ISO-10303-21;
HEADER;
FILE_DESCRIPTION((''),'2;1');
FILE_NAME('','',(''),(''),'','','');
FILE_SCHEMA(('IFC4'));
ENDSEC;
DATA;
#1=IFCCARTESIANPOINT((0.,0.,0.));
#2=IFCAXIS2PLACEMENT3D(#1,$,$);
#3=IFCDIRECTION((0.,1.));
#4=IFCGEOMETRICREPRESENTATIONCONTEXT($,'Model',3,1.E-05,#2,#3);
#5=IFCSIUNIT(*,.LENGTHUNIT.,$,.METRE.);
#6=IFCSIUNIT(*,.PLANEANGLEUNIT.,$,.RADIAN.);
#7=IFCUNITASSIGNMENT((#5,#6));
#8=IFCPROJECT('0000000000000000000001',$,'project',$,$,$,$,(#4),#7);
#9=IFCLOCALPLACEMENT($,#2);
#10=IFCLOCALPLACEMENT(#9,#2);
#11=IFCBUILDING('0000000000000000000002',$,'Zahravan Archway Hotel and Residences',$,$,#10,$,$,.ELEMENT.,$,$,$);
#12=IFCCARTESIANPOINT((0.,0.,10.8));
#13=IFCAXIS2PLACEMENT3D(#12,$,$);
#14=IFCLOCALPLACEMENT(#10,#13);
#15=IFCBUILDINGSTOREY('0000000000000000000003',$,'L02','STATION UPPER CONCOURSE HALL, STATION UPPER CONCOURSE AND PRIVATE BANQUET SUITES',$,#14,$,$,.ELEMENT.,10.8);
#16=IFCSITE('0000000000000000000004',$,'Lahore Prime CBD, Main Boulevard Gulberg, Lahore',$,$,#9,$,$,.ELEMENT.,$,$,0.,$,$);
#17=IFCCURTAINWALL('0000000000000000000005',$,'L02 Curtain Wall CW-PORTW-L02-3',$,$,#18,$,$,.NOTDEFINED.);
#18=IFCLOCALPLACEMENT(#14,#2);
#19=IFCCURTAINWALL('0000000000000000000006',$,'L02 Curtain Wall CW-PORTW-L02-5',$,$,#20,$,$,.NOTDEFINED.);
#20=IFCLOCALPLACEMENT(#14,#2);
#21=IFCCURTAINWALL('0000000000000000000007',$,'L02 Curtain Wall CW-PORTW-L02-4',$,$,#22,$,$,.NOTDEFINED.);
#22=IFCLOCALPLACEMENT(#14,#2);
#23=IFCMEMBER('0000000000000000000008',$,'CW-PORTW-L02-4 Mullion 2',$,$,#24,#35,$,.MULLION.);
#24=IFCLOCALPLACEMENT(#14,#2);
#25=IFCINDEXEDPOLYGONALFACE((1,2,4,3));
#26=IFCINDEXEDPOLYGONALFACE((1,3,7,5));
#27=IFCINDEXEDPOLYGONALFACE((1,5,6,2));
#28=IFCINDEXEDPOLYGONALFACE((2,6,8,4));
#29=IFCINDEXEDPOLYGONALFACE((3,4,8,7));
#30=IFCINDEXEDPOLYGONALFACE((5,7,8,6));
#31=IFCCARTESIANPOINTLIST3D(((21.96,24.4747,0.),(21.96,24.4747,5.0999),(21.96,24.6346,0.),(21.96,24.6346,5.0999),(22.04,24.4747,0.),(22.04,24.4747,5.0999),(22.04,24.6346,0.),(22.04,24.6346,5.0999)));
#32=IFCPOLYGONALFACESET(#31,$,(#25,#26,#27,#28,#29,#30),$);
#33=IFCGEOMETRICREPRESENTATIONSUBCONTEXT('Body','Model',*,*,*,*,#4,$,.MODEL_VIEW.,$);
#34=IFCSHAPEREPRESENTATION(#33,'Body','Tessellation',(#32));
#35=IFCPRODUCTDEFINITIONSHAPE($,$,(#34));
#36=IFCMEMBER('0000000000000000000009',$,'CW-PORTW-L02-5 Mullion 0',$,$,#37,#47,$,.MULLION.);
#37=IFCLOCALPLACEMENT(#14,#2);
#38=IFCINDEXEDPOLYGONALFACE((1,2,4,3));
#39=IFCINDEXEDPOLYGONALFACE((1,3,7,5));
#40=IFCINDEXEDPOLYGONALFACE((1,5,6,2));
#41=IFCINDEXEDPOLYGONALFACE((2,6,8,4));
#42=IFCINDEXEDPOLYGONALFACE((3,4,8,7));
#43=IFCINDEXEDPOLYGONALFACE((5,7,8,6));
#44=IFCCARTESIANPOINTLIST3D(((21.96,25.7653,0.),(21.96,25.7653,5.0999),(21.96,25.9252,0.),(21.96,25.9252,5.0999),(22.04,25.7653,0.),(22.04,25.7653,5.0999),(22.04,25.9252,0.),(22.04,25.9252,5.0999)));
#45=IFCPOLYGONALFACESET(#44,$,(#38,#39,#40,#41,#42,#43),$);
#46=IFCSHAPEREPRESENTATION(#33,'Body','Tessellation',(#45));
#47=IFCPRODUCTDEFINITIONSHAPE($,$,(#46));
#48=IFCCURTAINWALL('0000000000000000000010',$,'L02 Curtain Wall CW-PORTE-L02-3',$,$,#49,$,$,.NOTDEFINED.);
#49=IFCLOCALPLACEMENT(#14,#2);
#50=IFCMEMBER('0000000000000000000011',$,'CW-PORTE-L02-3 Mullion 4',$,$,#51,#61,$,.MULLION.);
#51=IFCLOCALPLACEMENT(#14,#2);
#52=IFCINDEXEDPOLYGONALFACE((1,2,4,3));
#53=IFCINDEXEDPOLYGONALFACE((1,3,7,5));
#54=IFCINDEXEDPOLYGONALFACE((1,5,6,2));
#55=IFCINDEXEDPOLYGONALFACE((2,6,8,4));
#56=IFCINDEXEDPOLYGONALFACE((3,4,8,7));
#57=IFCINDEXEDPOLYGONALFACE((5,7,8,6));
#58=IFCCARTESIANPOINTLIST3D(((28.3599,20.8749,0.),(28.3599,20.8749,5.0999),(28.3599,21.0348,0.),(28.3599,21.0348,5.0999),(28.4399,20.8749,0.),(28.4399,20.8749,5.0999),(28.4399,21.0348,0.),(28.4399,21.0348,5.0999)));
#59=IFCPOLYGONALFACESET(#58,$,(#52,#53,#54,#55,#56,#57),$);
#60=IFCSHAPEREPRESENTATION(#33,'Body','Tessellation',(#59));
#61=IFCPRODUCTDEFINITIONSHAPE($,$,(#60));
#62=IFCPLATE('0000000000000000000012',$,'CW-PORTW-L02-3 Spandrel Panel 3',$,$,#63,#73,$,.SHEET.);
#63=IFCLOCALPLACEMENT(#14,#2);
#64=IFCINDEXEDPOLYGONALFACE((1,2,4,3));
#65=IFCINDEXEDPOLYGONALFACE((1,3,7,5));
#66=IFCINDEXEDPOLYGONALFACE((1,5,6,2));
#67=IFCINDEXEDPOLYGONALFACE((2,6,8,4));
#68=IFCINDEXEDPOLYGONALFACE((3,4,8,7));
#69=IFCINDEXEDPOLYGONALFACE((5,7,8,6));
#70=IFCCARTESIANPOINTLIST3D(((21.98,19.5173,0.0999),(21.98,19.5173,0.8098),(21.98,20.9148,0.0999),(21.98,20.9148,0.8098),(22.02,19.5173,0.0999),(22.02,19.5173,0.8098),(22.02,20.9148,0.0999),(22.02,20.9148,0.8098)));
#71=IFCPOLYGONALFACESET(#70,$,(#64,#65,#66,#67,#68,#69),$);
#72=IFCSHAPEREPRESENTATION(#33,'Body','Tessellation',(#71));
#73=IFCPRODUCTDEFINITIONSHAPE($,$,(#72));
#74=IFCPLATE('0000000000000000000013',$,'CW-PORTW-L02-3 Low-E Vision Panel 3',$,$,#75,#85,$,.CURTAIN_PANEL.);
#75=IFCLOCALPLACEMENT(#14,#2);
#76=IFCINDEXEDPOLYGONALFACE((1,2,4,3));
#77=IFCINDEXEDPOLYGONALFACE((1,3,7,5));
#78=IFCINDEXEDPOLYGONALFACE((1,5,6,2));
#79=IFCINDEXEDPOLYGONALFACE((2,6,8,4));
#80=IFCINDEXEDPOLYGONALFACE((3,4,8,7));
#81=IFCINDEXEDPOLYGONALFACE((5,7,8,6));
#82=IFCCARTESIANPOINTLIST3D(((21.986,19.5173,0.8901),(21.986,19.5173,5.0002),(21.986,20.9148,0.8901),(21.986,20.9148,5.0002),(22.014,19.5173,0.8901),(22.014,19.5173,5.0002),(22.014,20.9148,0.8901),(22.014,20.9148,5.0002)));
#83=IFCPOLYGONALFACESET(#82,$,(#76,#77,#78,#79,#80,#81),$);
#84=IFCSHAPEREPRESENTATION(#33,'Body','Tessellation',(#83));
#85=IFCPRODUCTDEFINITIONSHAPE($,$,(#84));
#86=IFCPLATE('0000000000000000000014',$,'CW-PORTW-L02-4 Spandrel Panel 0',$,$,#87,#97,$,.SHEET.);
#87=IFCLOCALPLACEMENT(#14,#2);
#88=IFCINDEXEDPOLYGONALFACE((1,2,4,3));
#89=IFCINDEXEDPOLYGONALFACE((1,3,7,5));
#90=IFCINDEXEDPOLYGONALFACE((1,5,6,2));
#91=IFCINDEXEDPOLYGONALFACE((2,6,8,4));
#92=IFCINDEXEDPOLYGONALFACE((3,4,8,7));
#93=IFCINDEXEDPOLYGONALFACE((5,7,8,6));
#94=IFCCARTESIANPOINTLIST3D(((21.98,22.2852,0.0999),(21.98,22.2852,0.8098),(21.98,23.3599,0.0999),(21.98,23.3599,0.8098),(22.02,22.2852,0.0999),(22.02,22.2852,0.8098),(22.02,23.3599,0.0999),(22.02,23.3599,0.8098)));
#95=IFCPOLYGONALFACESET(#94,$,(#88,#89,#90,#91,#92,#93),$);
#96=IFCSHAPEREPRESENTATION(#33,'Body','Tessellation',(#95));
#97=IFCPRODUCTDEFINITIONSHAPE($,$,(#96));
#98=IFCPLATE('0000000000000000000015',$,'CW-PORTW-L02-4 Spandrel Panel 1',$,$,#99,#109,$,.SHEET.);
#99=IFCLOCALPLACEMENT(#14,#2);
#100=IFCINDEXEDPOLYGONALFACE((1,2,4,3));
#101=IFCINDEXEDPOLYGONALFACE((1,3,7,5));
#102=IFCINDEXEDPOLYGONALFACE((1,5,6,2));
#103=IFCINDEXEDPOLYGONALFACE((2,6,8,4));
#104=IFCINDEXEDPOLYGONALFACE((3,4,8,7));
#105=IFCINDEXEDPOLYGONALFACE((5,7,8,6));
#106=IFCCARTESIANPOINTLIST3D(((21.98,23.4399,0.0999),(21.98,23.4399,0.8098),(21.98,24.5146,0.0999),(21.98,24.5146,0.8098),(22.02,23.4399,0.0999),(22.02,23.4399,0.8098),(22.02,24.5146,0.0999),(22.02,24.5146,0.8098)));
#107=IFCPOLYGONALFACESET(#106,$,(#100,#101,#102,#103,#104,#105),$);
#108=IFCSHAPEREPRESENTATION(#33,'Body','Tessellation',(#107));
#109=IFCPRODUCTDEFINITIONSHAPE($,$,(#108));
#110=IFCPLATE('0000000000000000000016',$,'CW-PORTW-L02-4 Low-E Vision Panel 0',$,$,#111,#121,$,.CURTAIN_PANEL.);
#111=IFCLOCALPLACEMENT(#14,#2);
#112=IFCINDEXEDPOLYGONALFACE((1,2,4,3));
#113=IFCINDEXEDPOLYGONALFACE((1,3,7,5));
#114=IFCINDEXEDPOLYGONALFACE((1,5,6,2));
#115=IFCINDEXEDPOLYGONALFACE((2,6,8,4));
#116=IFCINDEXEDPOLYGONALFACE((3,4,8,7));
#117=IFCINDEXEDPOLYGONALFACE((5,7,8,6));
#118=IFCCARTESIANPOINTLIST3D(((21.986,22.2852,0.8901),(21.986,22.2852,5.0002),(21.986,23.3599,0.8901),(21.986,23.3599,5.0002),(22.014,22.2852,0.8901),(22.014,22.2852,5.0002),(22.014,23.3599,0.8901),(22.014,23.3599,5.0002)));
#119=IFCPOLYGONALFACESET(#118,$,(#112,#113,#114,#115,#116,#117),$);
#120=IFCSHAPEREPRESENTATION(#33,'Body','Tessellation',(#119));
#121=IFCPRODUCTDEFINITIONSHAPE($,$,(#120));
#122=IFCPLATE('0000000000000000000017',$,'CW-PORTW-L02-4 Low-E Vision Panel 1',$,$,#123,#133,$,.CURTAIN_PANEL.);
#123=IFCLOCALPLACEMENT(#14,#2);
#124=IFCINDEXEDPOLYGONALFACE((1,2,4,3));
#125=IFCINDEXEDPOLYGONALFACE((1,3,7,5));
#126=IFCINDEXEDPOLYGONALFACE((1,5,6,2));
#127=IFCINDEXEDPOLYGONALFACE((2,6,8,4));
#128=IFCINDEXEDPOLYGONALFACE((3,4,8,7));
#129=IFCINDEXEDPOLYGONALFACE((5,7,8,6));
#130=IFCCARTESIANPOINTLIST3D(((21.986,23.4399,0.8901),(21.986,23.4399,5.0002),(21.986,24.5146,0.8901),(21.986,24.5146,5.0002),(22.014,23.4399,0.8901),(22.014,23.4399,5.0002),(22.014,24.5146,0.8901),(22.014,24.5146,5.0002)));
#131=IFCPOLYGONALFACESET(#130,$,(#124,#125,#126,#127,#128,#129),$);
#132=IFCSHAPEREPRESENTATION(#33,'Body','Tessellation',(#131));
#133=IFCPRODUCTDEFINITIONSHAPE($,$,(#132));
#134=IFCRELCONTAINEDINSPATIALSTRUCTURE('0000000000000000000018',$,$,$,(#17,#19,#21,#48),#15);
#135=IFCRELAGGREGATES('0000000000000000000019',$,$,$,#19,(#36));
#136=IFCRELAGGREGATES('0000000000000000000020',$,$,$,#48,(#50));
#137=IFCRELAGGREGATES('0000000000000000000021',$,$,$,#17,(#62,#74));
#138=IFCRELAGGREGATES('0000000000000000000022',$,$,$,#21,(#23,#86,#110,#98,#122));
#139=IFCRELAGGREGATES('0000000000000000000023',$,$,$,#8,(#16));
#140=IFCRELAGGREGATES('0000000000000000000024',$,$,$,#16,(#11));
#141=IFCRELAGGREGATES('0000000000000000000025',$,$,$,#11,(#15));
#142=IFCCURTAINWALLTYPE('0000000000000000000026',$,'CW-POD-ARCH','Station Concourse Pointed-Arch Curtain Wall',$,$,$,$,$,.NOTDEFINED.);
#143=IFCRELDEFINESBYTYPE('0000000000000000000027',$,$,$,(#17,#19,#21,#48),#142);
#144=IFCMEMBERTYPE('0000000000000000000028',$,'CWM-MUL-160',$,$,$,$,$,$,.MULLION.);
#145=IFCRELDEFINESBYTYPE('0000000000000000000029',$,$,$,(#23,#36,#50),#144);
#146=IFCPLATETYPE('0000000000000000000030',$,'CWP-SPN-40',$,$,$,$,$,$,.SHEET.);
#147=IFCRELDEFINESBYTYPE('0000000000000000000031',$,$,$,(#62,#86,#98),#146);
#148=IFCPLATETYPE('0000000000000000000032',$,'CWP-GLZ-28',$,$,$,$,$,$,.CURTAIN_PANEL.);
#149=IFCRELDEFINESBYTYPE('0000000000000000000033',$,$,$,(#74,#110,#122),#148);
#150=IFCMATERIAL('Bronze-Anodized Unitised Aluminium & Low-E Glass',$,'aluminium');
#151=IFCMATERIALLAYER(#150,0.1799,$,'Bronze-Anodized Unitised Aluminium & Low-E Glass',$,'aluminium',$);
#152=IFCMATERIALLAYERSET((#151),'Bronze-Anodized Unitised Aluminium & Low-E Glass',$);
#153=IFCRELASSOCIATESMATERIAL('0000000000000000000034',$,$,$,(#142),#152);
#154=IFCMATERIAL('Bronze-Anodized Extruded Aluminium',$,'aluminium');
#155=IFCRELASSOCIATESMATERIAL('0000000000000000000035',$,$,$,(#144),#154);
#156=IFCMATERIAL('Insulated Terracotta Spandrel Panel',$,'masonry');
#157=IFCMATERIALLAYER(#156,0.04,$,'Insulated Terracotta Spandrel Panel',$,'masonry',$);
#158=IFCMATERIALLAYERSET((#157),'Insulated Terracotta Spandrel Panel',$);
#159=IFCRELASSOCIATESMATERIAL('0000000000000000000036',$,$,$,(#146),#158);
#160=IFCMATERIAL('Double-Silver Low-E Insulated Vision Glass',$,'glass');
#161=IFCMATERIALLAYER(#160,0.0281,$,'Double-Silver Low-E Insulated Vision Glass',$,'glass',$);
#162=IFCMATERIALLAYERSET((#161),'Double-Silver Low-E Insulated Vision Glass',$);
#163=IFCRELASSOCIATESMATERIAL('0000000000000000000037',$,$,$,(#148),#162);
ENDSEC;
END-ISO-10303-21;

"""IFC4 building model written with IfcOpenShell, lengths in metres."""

from ifc_helpers import new_model, si_unit, direction, frame, origin, origin_2d, place, context, subcontext, project, spatial, rectangle, extrude, source, transform, mapped, material, layer, layer_set, material_profile, profile_set, type_object, element, aggregate, save


model = new_model("IFC4")

# Units and contexts
model_context = context("Model", 3, precision=1e-05, world=origin(), true_north=direction((0.0, 1.0)))
body_context = subcontext(model_context, "Body", "Model", "MODEL_VIEW")
ifc_project = project(units=[si_unit("LENGTHUNIT", "METRE"), si_unit("PLANEANGLEUNIT", "RADIAN")], contexts=[model_context])

# Site, building, storey
site_placement = place(None, origin())
site = spatial("IfcSite", under=ifc_project, at=site_placement, Name="Lahore Prime CBD, Main Boulevard Gulberg, Lahore", CompositionType="ELEMENT", RefElevation=0.0)
building_placement = place(site_placement, origin())
building = spatial("IfcBuilding", under=site, at=building_placement, Name="Zahravan Archway Hotel and Residences", CompositionType="ELEMENT")
storey_placement = place(building_placement, frame((0.0, 0.0, 10.8)))
storey = spatial("IfcBuildingStorey", under=building, at=storey_placement, Name="L02", Description="STATION UPPER CONCOURSE HALL, STATION UPPER CONCOURSE AND PRIVATE BANQUET SUITES", CompositionType="ELEMENT", Elevation=10.8)

# Curtain walls
ifc_material_1 = material(Name="Bronze-Anodized Unitised Aluminium & Low-E Glass", Category="aluminium")
ifc_layer_1 = layer(ifc_material_1, 0.1799, Name="Bronze-Anodized Unitised Aluminium & Low-E Glass", Category="aluminium")
ifc_layer_set_1 = layer_set([ifc_layer_1], Name="Bronze-Anodized Unitised Aluminium & Low-E Glass")
curtain_wall_type = type_object("IfcCurtainWallType", Name="CW-POD-ARCH", Description="Station Concourse Pointed-Arch Curtain Wall", PredefinedType="NOTDEFINED", material=ifc_layer_set_1)
curtain_wall_1_placement = place(storey_placement, origin())
curtain_wall_1 = element("IfcCurtainWall", 1, at=curtain_wall_1_placement, inside=storey, type_object=curtain_wall_type, Name="L02 Curtain Wall CW-PORTW-L02-3", PredefinedType="NOTDEFINED")
ifc_material_2 = material(Name="Bronze-Anodized Extruded Aluminium", Category="aluminium")
curtain_wall_2_placement = place(storey_placement, origin())
curtain_wall_2 = element("IfcCurtainWall", 2, at=curtain_wall_2_placement, inside=storey, type_object=curtain_wall_type, Name="L02 Curtain Wall CW-PORTW-L02-5", PredefinedType="NOTDEFINED")
curtain_wall_3_placement = place(storey_placement, origin())
curtain_wall_3 = element("IfcCurtainWall", 3, at=curtain_wall_3_placement, inside=storey, type_object=curtain_wall_type, Name="L02 Curtain Wall CW-PORTW-L02-4", PredefinedType="NOTDEFINED")

# Members
ifc_material_profile_1 = material_profile(ifc_material_2, rectangle(XDim=0.0801, YDim=0.1599, at=origin_2d()), Name="MUL 80x160", Category="aluminium")
ifc_profile_set_1 = profile_set([ifc_material_profile_1], Name="Bronze-Anodized Extruded Aluminium")
member_type_1 = type_object("IfcMemberType", Name="CWM-MUL-160", PredefinedType="MULLION", material=ifc_profile_set_1)
shared_shape_1 = source(origin(), body_context, "Body", "SweptSolid", [
    extrude(rectangle(XDim=0.0801, YDim=0.1599, at=origin_2d()), origin(), (0.0, 0.0, 1.0), 5.0999),
])
member_1_placement = place(storey_placement, frame((22.0, 24.5547, 0.0), z_axis=(0.0, 0.0, 1.0), x_axis=(1.0, 0.0, 0.0)))
member_1 = element("IfcMember", 4, at=member_1_placement, type_object=member_type_1, Name="CW-PORTW-L02-4 Mullion 2", PredefinedType="MULLION", context=body_context, shape_type="MappedRepresentation", body=[
    mapped(shared_shape_1, transform((0.0, 0.0, 0.0), scale=1.0)),
])
member_2_placement = place(storey_placement, frame((22.0, 25.8452, 0.0), z_axis=(0.0, 0.0, 1.0), x_axis=(1.0, 0.0, 0.0)))
member_2 = element("IfcMember", 5, at=member_2_placement, type_object=member_type_1, Name="CW-PORTW-L02-5 Mullion 0", PredefinedType="MULLION", context=body_context, shape_type="MappedRepresentation", body=[
    mapped(shared_shape_1, transform((0.0, 0.0, 0.0), scale=1.0)),
])
aggregate(curtain_wall_2, [member_2])

# Curtain wall, member
curtain_wall_4_placement = place(storey_placement, origin())
curtain_wall_4 = element("IfcCurtainWall", 6, at=curtain_wall_4_placement, inside=storey, type_object=curtain_wall_type, Name="L02 Curtain Wall CW-PORTE-L02-3", PredefinedType="NOTDEFINED")
member_3_placement = place(storey_placement, frame((28.3999, 20.9548, 0.0), z_axis=(0.0, 0.0, 1.0), x_axis=(1.0, 0.0, 0.0)))
member_3 = element("IfcMember", 7, at=member_3_placement, type_object=member_type_1, Name="CW-PORTE-L02-3 Mullion 4", PredefinedType="MULLION", context=body_context, shape_type="MappedRepresentation", body=[
    mapped(shared_shape_1, transform((0.0, 0.0, 0.0), scale=1.0)),
])
aggregate(curtain_wall_4, [member_3])

# Plates
ifc_material_3 = material(Name="Insulated Terracotta Spandrel Panel", Category="masonry")
ifc_layer_2 = layer(ifc_material_3, 0.04, Name="Insulated Terracotta Spandrel Panel", Category="masonry")
ifc_layer_set_2 = layer_set([ifc_layer_2], Name="Insulated Terracotta Spandrel Panel")
plate_type_1 = type_object("IfcPlateType", Name="CWP-SPN-40", PredefinedType="SHEET", material=ifc_layer_set_2)
shared_shape_2 = source(origin(), body_context, "Body", "SweptSolid", [
    extrude(rectangle(XDim=1.3975, YDim=0.04, at=origin_2d()), origin(), (0.0, 0.0, 1.0), 0.71),
])
plate_1_placement = place(storey_placement, frame((22.0, 20.2161, 0.0999), z_axis=(0.0, 0.0, 1.0), x_axis=(0.0, 1.0, 0.0)))
plate_1 = element("IfcPlate", 8, at=plate_1_placement, type_object=plate_type_1, Name="CW-PORTW-L02-3 Spandrel Panel 3", PredefinedType="SHEET", context=body_context, shape_type="MappedRepresentation", body=[
    mapped(shared_shape_2, transform((0.0, 0.0, 0.0), scale=1.0)),
])
ifc_material_4 = material(Name="Double-Silver Low-E Insulated Vision Glass", Category="glass")
ifc_layer_3 = layer(ifc_material_4, 0.0281, Name="Double-Silver Low-E Insulated Vision Glass", Category="glass")
ifc_layer_set_3 = layer_set([ifc_layer_3], Name="Double-Silver Low-E Insulated Vision Glass")
plate_type_2 = type_object("IfcPlateType", Name="CWP-GLZ-28", PredefinedType="CURTAIN_PANEL", material=ifc_layer_set_3)
shared_shape_3 = source(origin(), body_context, "Body", "SweptSolid", [
    extrude(rectangle(XDim=1.3975, YDim=0.0281, at=origin_2d()), origin(), (0.0, 0.0, 1.0), 4.1101),
])
plate_2_placement = place(storey_placement, frame((22.0, 20.2161, 0.8901), z_axis=(0.0, 0.0, 1.0), x_axis=(0.0, 1.0, 0.0)))
plate_2 = element("IfcPlate", 9, at=plate_2_placement, type_object=plate_type_2, Name="CW-PORTW-L02-3 Low-E Vision Panel 3", PredefinedType="CURTAIN_PANEL", context=body_context, shape_type="MappedRepresentation", body=[
    mapped(shared_shape_3, transform((0.0, 0.0, 0.0), scale=1.0)),
])
aggregate(curtain_wall_1, [plate_1, plate_2])
shared_shape_4 = source(origin(), body_context, "Body", "SweptSolid", [
    extrude(rectangle(XDim=1.0747, YDim=0.04, at=origin_2d()), origin(), (0.0, 0.0, 1.0), 0.71),
])
plate_3_placement = place(storey_placement, frame((22.0, 22.8225, 0.0999), z_axis=(0.0, 0.0, 1.0), x_axis=(0.0, 1.0, 0.0)))
plate_3 = element("IfcPlate", 10, at=plate_3_placement, type_object=plate_type_1, Name="CW-PORTW-L02-4 Spandrel Panel 0", PredefinedType="SHEET", context=body_context, shape_type="MappedRepresentation", body=[
    mapped(shared_shape_4, transform((0.0, 0.0, 0.0), scale=1.0)),
])
plate_4_placement = place(storey_placement, frame((22.0, 23.9773, 0.0999), z_axis=(0.0, 0.0, 1.0), x_axis=(0.0, 1.0, 0.0)))
plate_4 = element("IfcPlate", 11, at=plate_4_placement, type_object=plate_type_1, Name="CW-PORTW-L02-4 Spandrel Panel 1", PredefinedType="SHEET", context=body_context, shape_type="MappedRepresentation", body=[
    mapped(shared_shape_4, transform((0.0, 0.0, 0.0), scale=1.0)),
])
shared_shape_5 = source(origin(), body_context, "Body", "SweptSolid", [
    extrude(rectangle(XDim=1.0747, YDim=0.0281, at=origin_2d()), origin(), (0.0, 0.0, 1.0), 4.1101),
])
plate_5_placement = place(storey_placement, frame((22.0, 22.8225, 0.8901), z_axis=(0.0, 0.0, 1.0), x_axis=(0.0, 1.0, 0.0)))
plate_5 = element("IfcPlate", 12, at=plate_5_placement, type_object=plate_type_2, Name="CW-PORTW-L02-4 Low-E Vision Panel 0", PredefinedType="CURTAIN_PANEL", context=body_context, shape_type="MappedRepresentation", body=[
    mapped(shared_shape_5, transform((0.0, 0.0, 0.0), scale=1.0)),
])
plate_6_placement = place(storey_placement, frame((22.0, 23.9773, 0.8901), z_axis=(0.0, 0.0, 1.0), x_axis=(0.0, 1.0, 0.0)))
plate_6 = element("IfcPlate", 13, at=plate_6_placement, type_object=plate_type_2, Name="CW-PORTW-L02-4 Low-E Vision Panel 1", PredefinedType="CURTAIN_PANEL", context=body_context, shape_type="MappedRepresentation", body=[
    mapped(shared_shape_5, transform((0.0, 0.0, 0.0), scale=1.0)),
])
aggregate(curtain_wall_3, [member_1, plate_3, plate_5, plate_4, plate_6])

save(model, "model.ifc")
